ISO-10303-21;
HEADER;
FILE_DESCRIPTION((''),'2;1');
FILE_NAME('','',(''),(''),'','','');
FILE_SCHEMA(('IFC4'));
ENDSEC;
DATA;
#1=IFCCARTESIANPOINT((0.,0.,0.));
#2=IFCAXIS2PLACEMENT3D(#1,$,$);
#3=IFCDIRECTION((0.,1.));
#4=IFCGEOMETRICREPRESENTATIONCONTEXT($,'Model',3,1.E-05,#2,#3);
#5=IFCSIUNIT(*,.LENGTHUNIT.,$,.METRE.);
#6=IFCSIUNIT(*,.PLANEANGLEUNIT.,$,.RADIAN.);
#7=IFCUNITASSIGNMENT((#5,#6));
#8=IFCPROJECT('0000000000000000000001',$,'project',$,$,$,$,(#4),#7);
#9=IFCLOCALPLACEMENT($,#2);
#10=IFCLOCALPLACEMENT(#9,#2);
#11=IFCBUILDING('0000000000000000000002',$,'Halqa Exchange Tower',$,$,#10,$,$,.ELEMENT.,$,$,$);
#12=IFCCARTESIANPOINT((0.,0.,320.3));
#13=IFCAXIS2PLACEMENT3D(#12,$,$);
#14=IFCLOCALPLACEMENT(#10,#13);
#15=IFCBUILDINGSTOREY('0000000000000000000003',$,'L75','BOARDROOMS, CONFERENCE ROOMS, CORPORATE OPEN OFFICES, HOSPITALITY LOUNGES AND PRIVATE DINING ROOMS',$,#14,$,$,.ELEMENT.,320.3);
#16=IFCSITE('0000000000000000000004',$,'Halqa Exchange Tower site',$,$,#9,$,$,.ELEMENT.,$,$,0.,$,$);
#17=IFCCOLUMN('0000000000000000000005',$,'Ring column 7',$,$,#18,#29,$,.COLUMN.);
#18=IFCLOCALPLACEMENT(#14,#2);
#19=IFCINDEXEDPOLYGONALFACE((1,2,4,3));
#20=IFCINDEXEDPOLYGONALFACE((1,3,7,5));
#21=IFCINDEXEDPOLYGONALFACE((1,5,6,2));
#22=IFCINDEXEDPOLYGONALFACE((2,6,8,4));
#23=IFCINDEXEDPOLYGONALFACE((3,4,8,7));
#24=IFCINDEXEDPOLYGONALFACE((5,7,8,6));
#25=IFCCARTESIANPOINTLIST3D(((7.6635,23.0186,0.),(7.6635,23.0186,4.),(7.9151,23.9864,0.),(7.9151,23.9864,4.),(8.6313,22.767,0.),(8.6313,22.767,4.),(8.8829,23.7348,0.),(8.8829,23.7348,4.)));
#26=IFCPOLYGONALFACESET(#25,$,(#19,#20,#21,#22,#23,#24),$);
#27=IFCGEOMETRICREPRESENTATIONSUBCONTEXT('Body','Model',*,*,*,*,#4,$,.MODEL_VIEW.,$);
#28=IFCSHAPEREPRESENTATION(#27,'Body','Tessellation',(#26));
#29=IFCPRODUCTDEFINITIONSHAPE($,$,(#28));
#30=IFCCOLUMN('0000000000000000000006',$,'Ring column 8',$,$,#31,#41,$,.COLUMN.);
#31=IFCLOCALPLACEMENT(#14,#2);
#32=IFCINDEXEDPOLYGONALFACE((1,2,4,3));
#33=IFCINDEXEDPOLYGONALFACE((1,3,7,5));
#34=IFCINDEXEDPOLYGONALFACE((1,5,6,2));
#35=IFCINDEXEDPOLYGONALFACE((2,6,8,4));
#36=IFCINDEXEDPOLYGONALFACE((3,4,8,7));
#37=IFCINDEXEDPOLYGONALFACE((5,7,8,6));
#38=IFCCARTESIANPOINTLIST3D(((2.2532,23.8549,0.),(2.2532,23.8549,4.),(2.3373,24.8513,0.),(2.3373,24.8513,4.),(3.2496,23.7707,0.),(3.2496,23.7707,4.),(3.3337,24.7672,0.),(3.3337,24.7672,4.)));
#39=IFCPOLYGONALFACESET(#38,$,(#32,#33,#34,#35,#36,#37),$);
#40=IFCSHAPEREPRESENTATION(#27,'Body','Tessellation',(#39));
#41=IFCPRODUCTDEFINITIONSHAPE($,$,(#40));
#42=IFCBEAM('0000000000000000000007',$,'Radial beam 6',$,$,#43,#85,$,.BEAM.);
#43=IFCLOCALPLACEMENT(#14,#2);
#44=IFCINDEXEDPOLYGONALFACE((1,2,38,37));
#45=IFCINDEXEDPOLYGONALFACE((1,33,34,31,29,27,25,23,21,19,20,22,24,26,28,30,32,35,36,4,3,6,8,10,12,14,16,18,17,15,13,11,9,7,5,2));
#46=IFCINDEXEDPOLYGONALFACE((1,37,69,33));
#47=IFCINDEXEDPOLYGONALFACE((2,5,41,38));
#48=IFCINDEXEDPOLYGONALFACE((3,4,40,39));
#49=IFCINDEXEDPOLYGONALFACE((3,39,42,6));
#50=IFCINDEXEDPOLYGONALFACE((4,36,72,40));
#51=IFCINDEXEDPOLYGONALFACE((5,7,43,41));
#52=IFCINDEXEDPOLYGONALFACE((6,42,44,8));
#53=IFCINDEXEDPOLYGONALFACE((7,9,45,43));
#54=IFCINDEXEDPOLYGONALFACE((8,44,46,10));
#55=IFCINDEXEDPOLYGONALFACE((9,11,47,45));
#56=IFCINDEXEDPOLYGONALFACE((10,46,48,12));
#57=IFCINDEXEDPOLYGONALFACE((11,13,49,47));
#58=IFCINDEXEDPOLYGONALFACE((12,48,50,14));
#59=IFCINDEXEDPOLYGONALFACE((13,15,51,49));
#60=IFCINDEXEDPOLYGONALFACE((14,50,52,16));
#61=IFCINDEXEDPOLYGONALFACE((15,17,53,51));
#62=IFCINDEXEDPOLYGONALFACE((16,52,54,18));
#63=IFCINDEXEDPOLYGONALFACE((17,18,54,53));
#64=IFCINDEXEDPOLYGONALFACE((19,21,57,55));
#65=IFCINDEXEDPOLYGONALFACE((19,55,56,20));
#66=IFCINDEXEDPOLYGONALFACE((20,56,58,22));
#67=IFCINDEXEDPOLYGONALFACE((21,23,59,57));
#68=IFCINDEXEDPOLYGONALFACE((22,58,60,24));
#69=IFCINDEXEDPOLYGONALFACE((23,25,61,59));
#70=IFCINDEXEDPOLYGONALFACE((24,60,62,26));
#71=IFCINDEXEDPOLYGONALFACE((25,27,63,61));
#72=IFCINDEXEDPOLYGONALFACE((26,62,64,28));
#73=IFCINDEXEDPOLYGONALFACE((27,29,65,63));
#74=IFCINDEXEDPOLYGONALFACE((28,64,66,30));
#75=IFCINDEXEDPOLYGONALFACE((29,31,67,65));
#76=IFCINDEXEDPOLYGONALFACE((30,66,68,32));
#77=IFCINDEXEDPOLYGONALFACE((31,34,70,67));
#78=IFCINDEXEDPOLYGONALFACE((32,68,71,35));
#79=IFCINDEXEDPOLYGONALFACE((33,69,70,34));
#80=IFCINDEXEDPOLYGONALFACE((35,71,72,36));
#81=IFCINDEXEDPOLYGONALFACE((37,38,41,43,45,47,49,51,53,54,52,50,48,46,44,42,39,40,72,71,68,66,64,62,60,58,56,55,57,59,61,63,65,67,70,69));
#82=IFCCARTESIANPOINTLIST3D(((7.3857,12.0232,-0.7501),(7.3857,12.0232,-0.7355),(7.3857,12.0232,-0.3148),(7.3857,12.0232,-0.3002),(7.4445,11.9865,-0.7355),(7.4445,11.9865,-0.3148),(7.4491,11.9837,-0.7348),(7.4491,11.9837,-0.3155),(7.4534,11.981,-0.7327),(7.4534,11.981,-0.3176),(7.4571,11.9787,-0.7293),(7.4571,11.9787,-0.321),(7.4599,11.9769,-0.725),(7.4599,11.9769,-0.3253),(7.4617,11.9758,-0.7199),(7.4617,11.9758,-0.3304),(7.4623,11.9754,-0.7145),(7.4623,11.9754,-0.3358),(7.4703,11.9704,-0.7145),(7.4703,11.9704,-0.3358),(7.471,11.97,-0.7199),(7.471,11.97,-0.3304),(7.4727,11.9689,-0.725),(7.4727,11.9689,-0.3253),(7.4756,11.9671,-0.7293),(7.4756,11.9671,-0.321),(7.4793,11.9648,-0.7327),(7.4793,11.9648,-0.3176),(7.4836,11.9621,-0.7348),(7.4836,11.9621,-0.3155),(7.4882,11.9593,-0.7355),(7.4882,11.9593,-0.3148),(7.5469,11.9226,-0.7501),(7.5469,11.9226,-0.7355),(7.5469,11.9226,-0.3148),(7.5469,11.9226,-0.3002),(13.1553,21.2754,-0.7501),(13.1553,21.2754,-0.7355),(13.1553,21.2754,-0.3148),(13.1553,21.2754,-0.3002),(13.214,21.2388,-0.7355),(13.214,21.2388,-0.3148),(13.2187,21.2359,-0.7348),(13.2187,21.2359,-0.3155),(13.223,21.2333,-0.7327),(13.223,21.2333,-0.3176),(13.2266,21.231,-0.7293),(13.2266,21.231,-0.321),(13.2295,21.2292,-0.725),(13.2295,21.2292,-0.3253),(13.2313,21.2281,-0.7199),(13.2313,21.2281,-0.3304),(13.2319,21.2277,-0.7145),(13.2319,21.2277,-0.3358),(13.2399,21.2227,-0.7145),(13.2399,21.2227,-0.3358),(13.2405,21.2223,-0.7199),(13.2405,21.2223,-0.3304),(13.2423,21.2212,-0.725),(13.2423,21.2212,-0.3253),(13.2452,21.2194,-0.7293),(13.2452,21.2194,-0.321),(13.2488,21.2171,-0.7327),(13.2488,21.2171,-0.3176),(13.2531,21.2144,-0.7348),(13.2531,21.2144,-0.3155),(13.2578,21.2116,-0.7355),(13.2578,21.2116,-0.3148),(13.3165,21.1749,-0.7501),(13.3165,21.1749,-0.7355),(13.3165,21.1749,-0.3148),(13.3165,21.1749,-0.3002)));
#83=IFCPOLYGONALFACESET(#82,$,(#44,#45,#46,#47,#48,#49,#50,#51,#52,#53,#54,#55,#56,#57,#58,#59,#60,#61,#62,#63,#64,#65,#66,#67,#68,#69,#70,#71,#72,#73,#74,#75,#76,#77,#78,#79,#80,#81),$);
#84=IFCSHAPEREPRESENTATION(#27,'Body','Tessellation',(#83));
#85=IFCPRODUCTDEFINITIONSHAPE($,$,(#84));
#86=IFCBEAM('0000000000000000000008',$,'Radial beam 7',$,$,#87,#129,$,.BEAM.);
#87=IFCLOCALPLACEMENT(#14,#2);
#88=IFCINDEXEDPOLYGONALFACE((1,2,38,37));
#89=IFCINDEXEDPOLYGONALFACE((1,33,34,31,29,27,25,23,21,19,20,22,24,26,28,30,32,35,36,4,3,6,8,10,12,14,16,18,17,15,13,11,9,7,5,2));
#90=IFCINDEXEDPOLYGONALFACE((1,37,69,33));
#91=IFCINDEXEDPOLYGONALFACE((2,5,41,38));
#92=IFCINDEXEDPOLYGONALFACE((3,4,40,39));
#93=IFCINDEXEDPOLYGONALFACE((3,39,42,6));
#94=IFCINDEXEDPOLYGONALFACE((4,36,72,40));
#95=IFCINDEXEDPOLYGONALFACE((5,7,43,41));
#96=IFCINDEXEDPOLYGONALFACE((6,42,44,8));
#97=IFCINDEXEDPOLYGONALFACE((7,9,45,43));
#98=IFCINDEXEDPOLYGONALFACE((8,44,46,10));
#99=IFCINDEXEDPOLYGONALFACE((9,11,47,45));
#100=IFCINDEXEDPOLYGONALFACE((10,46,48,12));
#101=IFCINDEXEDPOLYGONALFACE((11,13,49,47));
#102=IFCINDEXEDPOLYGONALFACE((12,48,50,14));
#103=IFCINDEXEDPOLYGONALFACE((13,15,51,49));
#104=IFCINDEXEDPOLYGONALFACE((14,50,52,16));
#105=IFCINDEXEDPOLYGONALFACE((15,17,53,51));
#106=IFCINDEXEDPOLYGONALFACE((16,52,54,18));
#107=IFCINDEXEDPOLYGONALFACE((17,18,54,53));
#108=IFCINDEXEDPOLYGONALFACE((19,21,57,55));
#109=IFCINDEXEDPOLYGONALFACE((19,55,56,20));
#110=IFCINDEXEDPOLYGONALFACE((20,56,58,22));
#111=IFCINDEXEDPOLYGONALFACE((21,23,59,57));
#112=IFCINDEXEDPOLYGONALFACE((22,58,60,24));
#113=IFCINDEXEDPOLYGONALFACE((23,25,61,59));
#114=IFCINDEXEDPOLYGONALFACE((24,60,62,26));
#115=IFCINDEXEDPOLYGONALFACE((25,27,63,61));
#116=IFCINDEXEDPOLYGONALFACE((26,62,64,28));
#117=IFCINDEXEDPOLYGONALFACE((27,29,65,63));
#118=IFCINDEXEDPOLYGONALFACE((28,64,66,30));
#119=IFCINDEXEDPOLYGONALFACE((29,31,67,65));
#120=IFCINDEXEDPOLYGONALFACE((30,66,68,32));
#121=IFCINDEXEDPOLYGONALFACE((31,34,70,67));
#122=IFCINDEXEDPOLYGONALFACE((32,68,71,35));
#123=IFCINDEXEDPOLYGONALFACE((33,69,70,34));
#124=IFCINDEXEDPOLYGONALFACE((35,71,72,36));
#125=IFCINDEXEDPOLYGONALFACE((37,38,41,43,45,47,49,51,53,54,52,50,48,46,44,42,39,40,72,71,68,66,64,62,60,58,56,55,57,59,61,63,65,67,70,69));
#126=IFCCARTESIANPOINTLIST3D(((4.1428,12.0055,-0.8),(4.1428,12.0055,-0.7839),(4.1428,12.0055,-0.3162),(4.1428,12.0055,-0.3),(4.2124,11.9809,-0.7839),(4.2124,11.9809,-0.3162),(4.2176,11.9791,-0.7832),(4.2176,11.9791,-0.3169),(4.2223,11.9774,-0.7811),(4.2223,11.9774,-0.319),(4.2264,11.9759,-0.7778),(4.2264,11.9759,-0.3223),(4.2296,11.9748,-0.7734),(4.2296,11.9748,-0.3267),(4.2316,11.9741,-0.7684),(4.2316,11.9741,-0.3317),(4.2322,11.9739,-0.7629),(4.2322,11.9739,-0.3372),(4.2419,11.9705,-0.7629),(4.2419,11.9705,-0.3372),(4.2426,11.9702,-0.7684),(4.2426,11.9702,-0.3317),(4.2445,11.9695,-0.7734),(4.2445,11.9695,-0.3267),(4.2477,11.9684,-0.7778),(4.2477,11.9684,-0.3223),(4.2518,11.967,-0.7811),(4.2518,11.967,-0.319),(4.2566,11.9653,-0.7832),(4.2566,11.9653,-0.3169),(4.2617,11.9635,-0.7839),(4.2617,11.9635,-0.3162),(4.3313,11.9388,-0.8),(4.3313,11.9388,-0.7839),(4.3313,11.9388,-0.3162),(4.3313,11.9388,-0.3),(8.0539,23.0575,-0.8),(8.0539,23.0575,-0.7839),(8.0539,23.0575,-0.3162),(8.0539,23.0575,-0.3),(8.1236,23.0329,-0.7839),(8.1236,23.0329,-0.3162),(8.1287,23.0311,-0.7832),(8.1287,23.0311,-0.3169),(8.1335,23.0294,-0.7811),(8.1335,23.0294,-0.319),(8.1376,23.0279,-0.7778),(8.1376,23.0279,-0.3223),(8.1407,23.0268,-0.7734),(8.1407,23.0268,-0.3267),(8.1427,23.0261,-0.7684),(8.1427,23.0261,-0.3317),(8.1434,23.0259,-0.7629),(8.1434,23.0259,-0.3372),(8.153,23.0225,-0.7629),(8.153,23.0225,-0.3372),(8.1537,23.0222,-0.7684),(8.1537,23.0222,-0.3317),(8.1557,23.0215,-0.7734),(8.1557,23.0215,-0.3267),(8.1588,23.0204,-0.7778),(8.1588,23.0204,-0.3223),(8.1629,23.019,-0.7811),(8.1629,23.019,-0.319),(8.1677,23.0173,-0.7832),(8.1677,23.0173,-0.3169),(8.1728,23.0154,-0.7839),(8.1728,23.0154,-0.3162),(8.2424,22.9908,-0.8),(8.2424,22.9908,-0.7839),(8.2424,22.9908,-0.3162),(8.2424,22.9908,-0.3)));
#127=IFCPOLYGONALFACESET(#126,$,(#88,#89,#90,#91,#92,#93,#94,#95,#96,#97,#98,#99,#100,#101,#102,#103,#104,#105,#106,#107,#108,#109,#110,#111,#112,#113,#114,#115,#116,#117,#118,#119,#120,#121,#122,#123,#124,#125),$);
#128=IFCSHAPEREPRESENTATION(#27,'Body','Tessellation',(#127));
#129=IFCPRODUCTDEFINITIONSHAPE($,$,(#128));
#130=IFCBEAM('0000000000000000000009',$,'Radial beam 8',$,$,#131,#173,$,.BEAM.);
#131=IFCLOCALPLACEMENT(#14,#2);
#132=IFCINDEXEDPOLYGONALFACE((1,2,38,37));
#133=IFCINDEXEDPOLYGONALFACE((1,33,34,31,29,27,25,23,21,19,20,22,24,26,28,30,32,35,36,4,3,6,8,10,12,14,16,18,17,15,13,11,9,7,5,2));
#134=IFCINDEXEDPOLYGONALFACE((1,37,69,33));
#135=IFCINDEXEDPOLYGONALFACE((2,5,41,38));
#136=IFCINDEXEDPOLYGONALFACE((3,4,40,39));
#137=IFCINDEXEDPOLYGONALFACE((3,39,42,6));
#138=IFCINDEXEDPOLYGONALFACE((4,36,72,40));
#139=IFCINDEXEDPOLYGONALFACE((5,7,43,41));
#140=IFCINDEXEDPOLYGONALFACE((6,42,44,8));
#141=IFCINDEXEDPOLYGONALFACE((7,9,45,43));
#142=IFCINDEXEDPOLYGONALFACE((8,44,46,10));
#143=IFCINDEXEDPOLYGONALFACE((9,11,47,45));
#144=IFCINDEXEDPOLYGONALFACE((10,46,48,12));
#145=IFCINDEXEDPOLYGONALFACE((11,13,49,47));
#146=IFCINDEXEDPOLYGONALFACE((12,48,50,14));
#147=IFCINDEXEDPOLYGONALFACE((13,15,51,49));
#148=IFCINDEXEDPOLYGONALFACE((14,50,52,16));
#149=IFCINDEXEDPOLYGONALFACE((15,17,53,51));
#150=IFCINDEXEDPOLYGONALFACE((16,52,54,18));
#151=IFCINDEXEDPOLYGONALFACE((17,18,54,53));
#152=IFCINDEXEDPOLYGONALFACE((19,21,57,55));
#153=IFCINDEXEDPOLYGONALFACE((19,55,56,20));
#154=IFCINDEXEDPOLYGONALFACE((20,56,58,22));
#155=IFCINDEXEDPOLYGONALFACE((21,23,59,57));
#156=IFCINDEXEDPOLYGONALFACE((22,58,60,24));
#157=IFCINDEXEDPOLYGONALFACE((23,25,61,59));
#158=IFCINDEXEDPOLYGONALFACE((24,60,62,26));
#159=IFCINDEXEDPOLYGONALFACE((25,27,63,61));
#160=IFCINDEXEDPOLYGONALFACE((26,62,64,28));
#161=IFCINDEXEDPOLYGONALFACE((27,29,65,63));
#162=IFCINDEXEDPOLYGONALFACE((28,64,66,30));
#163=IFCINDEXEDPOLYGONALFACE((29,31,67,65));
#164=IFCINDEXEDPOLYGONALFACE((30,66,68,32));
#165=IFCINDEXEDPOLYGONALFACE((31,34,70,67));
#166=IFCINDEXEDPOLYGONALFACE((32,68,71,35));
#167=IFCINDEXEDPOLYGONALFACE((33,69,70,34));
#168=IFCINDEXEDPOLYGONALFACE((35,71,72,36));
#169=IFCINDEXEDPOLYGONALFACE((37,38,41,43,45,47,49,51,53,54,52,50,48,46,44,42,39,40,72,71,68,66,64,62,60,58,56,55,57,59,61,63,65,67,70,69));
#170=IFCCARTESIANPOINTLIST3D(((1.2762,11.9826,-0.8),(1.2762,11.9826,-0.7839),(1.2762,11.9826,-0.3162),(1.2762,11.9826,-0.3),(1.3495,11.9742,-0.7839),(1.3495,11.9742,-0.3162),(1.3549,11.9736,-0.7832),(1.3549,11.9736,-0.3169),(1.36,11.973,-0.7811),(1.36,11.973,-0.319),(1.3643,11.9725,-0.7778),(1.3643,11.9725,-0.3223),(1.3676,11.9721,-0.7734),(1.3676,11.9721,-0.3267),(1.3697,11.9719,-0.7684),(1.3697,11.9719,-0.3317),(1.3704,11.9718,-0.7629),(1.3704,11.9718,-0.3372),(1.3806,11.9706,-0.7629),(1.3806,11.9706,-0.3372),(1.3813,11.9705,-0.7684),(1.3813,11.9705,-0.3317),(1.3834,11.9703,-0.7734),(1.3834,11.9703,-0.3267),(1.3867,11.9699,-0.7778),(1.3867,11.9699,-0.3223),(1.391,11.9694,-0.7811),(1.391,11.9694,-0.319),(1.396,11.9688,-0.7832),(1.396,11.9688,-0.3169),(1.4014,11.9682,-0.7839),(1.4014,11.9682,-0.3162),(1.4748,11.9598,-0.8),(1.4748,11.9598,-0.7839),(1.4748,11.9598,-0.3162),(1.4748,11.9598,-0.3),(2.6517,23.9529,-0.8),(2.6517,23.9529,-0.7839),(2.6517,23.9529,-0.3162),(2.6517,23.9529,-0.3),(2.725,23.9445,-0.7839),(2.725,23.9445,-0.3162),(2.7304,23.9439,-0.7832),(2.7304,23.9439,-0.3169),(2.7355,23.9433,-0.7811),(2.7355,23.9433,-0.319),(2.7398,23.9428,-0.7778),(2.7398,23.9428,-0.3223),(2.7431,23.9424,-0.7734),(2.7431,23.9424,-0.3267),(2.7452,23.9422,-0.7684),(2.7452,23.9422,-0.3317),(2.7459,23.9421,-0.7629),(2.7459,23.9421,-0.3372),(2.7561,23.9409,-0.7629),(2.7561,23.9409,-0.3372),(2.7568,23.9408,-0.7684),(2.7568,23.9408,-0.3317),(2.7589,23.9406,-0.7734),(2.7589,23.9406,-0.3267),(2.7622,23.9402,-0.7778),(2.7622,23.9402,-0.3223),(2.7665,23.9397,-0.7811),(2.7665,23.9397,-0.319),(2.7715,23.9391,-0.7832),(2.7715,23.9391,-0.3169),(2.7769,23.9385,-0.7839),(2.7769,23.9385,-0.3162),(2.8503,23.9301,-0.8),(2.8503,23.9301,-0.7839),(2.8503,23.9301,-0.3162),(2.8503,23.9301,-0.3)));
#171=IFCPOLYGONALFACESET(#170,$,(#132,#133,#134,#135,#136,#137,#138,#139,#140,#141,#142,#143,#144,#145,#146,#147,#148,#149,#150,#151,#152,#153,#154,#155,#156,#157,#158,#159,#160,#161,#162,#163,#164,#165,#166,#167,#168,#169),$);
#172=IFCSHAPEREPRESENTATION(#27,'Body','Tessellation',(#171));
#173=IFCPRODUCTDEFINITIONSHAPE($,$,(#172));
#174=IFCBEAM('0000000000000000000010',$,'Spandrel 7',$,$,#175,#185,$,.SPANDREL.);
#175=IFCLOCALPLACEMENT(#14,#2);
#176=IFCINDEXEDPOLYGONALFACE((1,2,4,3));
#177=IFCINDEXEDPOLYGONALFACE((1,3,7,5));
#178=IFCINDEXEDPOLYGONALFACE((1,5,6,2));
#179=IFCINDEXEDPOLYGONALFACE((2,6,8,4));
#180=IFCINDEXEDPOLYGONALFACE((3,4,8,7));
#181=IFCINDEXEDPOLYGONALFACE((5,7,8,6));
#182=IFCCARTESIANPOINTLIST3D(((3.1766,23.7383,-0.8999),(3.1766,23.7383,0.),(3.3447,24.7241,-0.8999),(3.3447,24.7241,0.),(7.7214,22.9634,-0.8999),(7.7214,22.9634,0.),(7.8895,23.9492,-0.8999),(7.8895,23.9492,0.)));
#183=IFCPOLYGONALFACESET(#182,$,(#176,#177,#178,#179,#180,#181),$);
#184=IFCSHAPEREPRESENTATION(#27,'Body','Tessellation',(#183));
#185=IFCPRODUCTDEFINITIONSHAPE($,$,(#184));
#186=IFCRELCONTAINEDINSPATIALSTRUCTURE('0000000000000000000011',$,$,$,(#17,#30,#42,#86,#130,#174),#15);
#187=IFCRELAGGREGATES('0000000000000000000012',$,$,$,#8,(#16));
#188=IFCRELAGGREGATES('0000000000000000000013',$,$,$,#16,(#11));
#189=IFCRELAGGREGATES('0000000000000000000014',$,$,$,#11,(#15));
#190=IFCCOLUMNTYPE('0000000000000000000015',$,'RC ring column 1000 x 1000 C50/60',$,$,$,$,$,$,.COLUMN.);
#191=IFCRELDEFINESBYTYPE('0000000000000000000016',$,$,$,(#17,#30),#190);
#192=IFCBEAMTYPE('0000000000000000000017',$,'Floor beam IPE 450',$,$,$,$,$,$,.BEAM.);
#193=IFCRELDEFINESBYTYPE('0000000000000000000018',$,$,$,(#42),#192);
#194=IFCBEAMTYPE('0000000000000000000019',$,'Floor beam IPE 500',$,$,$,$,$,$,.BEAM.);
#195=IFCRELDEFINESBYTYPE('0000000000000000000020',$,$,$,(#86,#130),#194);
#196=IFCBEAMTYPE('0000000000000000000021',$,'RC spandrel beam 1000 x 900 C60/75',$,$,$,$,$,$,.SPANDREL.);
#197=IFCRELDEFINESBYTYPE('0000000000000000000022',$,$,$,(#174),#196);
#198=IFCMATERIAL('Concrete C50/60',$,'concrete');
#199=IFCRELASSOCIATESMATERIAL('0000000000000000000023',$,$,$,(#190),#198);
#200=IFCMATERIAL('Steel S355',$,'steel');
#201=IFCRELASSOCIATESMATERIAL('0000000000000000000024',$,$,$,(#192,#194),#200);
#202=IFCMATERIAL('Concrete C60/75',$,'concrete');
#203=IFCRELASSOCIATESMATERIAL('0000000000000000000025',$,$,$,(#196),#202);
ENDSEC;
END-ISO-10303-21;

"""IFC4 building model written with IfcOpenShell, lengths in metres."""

from ifc_helpers import new_model, si_unit, direction, frame, origin, origin_2d, place, context, subcontext, project, spatial, rectangle, i_section, extrude, material, material_profile, profile_set, type_object, element, save


model = new_model("IFC4")

# Units and contexts
model_context = context("Model", 3, precision=1e-05, world=origin(), true_north=direction((0.0, 1.0)))
body_context = subcontext(model_context, "Body", "Model", "MODEL_VIEW")
ifc_project = project(units=[si_unit("LENGTHUNIT", "METRE"), si_unit("PLANEANGLEUNIT", "RADIAN")], contexts=[model_context])

# Site, building, storey
site_placement = place(None, origin())
site = spatial("IfcSite", under=ifc_project, at=site_placement, Name="Halqa Exchange Tower site", CompositionType="ELEMENT", RefElevation=0.0)
building_placement = place(site_placement, origin())
building = spatial("IfcBuilding", under=site, at=building_placement, Name="Halqa Exchange Tower", CompositionType="ELEMENT")
storey_placement = place(building_placement, frame((0.0, 0.0, 320.3)))
storey = spatial("IfcBuildingStorey", under=building, at=storey_placement, Name="L75", Description="BOARDROOMS, CONFERENCE ROOMS, CORPORATE OPEN OFFICES, HOSPITALITY LOUNGES AND PRIVATE DINING ROOMS", CompositionType="ELEMENT", Elevation=320.3)

# Columns
ifc_material_1 = material(Name="Concrete C50/60", Category="concrete")
ifc_material_profile_1 = material_profile(ifc_material_1, rectangle(XDim=1.0, YDim=1.0, at=origin_2d()), Name="1000 x 1000")
ifc_profile_set_1 = profile_set([ifc_material_profile_1], Name="Concrete C50/60")
column_type = type_object("IfcColumnType", Name="RC ring column 1000 x 1000 C50/60", PredefinedType="COLUMN", material=ifc_profile_set_1)
for number, where, z_axis, x_axis, name in (
    (1, (8.2732, 23.3767, 0.0), (0.0, 0.0, 1.0), (-0.967819, 0.251647, 0.0), "Ring column 7"),
    (2, (2.7935, 24.311, 0.0), (0.0, 0.0, 1.0), (-0.996455, 0.084127, 0.0), "Ring column 8"),
):
    element("IfcColumn", number, at=place(storey_placement, frame(where, z_axis=z_axis, x_axis=x_axis)), inside=storey, type_object=column_type, Name=name, PredefinedType="COLUMN", context=body_context, shape_type="SweptSolid", body=[
        extrude(rectangle(XDim=1.0, YDim=1.0, at=origin_2d()), origin(), (0.0, 0.0, 1.0), 4.0),
    ])

# Beams
ifc_material_2 = material(Name="Steel S355", Category="steel")
ifc_material_profile_2 = material_profile(ifc_material_2, i_section(OverallWidth=0.1899, OverallDepth=0.45, WebThickness=0.0095, FlangeThickness=0.0146, FilletRadius=0.021, at=origin_2d()), Name="IPE 450")
ifc_profile_set_2 = profile_set([ifc_material_profile_2], Name="Steel S355")
beam_type_1 = type_object("IfcBeamType", Name="Floor beam IPE 450", PredefinedType="BEAM", material=ifc_profile_set_2)
beam_1_placement = place(storey_placement, frame((7.4663, 11.9729, -0.5251), z_axis=(0.529135, 0.848538, 0.0), x_axis=(-0.848538, 0.529135, 0.0)))
element("IfcBeam", 3, at=beam_1_placement, inside=storey, type_object=beam_type_1, Name="Radial beam 6", PredefinedType="BEAM", context=body_context, shape_type="SweptSolid", body=[
    extrude(i_section(OverallWidth=0.1899, OverallDepth=0.45, WebThickness=0.0095, FlangeThickness=0.0146, FilletRadius=0.021, at=origin_2d()), origin(), (0.0, 0.0, 1.0), 10.9038),
])
ifc_material_profile_3 = material_profile(ifc_material_2, i_section(OverallWidth=0.2, OverallDepth=0.5, WebThickness=0.0103, FlangeThickness=0.0161, FilletRadius=0.021, at=origin_2d()), Name="IPE 500")
ifc_profile_set_3 = profile_set([ifc_material_profile_3], Name="Steel S355")
beam_type_2 = type_object("IfcBeamType", Name="Floor beam IPE 500", PredefinedType="BEAM", material=ifc_profile_set_3)
beam_2_placement = place(storey_placement, frame((4.2371, 11.9722, -0.55), z_axis=(0.333611, 0.942711, 0.0), x_axis=(-0.942711, 0.333611, 0.0)))
element("IfcBeam", 4, at=beam_2_placement, inside=storey, type_object=beam_type_2, Name="Radial beam 7", PredefinedType="BEAM", context=body_context, shape_type="SweptSolid", body=[
    extrude(i_section(OverallWidth=0.2, OverallDepth=0.5, WebThickness=0.0103, FlangeThickness=0.0161, FilletRadius=0.021, at=origin_2d()), origin(), (0.0, 0.0, 1.0), 11.7236),
])
beam_3_placement = place(storey_placement, frame((1.3755, 11.9712, -0.55), z_axis=(0.114158, 0.993463, 0.0), x_axis=(-0.993463, 0.114158, 0.0)))
element("IfcBeam", 5, at=beam_3_placement, inside=storey, type_object=beam_type_2, Name="Radial beam 8", PredefinedType="BEAM", context=body_context, shape_type="SweptSolid", body=[
    extrude(i_section(OverallWidth=0.2, OverallDepth=0.5, WebThickness=0.0103, FlangeThickness=0.0161, FilletRadius=0.021, at=origin_2d()), origin(), (0.0, 0.0, 1.0), 12.0491),
])
ifc_material_3 = material(Name="Concrete C60/75", Category="concrete")
ifc_material_profile_4 = material_profile(ifc_material_3, rectangle(XDim=1.0, YDim=0.8999, at=origin_2d()), Name="1000 x 900")
ifc_profile_set_4 = profile_set([ifc_material_profile_4], Name="Concrete C60/75")
beam_type_3 = type_object("IfcBeamType", Name="RC spandrel beam 1000 x 900 C60/75", PredefinedType="SPANDREL", material=ifc_profile_set_4)
beam_4_placement = place(storey_placement, frame((7.8054, 23.4563, -0.45), z_axis=(-0.985773, 0.168082, 0.0), x_axis=(-0.168082, -0.985773, 0.0)))
element("IfcBeam", 6, at=beam_4_placement, inside=storey, type_object=beam_type_3, Name="Spandrel 7", PredefinedType="SPANDREL", context=body_context, shape_type="SweptSolid", body=[
    extrude(rectangle(XDim=1.0, YDim=0.8999, at=origin_2d()), origin(), (0.0, 0.0, 1.0), 4.6104),
])

save(model, "model.ifc")
